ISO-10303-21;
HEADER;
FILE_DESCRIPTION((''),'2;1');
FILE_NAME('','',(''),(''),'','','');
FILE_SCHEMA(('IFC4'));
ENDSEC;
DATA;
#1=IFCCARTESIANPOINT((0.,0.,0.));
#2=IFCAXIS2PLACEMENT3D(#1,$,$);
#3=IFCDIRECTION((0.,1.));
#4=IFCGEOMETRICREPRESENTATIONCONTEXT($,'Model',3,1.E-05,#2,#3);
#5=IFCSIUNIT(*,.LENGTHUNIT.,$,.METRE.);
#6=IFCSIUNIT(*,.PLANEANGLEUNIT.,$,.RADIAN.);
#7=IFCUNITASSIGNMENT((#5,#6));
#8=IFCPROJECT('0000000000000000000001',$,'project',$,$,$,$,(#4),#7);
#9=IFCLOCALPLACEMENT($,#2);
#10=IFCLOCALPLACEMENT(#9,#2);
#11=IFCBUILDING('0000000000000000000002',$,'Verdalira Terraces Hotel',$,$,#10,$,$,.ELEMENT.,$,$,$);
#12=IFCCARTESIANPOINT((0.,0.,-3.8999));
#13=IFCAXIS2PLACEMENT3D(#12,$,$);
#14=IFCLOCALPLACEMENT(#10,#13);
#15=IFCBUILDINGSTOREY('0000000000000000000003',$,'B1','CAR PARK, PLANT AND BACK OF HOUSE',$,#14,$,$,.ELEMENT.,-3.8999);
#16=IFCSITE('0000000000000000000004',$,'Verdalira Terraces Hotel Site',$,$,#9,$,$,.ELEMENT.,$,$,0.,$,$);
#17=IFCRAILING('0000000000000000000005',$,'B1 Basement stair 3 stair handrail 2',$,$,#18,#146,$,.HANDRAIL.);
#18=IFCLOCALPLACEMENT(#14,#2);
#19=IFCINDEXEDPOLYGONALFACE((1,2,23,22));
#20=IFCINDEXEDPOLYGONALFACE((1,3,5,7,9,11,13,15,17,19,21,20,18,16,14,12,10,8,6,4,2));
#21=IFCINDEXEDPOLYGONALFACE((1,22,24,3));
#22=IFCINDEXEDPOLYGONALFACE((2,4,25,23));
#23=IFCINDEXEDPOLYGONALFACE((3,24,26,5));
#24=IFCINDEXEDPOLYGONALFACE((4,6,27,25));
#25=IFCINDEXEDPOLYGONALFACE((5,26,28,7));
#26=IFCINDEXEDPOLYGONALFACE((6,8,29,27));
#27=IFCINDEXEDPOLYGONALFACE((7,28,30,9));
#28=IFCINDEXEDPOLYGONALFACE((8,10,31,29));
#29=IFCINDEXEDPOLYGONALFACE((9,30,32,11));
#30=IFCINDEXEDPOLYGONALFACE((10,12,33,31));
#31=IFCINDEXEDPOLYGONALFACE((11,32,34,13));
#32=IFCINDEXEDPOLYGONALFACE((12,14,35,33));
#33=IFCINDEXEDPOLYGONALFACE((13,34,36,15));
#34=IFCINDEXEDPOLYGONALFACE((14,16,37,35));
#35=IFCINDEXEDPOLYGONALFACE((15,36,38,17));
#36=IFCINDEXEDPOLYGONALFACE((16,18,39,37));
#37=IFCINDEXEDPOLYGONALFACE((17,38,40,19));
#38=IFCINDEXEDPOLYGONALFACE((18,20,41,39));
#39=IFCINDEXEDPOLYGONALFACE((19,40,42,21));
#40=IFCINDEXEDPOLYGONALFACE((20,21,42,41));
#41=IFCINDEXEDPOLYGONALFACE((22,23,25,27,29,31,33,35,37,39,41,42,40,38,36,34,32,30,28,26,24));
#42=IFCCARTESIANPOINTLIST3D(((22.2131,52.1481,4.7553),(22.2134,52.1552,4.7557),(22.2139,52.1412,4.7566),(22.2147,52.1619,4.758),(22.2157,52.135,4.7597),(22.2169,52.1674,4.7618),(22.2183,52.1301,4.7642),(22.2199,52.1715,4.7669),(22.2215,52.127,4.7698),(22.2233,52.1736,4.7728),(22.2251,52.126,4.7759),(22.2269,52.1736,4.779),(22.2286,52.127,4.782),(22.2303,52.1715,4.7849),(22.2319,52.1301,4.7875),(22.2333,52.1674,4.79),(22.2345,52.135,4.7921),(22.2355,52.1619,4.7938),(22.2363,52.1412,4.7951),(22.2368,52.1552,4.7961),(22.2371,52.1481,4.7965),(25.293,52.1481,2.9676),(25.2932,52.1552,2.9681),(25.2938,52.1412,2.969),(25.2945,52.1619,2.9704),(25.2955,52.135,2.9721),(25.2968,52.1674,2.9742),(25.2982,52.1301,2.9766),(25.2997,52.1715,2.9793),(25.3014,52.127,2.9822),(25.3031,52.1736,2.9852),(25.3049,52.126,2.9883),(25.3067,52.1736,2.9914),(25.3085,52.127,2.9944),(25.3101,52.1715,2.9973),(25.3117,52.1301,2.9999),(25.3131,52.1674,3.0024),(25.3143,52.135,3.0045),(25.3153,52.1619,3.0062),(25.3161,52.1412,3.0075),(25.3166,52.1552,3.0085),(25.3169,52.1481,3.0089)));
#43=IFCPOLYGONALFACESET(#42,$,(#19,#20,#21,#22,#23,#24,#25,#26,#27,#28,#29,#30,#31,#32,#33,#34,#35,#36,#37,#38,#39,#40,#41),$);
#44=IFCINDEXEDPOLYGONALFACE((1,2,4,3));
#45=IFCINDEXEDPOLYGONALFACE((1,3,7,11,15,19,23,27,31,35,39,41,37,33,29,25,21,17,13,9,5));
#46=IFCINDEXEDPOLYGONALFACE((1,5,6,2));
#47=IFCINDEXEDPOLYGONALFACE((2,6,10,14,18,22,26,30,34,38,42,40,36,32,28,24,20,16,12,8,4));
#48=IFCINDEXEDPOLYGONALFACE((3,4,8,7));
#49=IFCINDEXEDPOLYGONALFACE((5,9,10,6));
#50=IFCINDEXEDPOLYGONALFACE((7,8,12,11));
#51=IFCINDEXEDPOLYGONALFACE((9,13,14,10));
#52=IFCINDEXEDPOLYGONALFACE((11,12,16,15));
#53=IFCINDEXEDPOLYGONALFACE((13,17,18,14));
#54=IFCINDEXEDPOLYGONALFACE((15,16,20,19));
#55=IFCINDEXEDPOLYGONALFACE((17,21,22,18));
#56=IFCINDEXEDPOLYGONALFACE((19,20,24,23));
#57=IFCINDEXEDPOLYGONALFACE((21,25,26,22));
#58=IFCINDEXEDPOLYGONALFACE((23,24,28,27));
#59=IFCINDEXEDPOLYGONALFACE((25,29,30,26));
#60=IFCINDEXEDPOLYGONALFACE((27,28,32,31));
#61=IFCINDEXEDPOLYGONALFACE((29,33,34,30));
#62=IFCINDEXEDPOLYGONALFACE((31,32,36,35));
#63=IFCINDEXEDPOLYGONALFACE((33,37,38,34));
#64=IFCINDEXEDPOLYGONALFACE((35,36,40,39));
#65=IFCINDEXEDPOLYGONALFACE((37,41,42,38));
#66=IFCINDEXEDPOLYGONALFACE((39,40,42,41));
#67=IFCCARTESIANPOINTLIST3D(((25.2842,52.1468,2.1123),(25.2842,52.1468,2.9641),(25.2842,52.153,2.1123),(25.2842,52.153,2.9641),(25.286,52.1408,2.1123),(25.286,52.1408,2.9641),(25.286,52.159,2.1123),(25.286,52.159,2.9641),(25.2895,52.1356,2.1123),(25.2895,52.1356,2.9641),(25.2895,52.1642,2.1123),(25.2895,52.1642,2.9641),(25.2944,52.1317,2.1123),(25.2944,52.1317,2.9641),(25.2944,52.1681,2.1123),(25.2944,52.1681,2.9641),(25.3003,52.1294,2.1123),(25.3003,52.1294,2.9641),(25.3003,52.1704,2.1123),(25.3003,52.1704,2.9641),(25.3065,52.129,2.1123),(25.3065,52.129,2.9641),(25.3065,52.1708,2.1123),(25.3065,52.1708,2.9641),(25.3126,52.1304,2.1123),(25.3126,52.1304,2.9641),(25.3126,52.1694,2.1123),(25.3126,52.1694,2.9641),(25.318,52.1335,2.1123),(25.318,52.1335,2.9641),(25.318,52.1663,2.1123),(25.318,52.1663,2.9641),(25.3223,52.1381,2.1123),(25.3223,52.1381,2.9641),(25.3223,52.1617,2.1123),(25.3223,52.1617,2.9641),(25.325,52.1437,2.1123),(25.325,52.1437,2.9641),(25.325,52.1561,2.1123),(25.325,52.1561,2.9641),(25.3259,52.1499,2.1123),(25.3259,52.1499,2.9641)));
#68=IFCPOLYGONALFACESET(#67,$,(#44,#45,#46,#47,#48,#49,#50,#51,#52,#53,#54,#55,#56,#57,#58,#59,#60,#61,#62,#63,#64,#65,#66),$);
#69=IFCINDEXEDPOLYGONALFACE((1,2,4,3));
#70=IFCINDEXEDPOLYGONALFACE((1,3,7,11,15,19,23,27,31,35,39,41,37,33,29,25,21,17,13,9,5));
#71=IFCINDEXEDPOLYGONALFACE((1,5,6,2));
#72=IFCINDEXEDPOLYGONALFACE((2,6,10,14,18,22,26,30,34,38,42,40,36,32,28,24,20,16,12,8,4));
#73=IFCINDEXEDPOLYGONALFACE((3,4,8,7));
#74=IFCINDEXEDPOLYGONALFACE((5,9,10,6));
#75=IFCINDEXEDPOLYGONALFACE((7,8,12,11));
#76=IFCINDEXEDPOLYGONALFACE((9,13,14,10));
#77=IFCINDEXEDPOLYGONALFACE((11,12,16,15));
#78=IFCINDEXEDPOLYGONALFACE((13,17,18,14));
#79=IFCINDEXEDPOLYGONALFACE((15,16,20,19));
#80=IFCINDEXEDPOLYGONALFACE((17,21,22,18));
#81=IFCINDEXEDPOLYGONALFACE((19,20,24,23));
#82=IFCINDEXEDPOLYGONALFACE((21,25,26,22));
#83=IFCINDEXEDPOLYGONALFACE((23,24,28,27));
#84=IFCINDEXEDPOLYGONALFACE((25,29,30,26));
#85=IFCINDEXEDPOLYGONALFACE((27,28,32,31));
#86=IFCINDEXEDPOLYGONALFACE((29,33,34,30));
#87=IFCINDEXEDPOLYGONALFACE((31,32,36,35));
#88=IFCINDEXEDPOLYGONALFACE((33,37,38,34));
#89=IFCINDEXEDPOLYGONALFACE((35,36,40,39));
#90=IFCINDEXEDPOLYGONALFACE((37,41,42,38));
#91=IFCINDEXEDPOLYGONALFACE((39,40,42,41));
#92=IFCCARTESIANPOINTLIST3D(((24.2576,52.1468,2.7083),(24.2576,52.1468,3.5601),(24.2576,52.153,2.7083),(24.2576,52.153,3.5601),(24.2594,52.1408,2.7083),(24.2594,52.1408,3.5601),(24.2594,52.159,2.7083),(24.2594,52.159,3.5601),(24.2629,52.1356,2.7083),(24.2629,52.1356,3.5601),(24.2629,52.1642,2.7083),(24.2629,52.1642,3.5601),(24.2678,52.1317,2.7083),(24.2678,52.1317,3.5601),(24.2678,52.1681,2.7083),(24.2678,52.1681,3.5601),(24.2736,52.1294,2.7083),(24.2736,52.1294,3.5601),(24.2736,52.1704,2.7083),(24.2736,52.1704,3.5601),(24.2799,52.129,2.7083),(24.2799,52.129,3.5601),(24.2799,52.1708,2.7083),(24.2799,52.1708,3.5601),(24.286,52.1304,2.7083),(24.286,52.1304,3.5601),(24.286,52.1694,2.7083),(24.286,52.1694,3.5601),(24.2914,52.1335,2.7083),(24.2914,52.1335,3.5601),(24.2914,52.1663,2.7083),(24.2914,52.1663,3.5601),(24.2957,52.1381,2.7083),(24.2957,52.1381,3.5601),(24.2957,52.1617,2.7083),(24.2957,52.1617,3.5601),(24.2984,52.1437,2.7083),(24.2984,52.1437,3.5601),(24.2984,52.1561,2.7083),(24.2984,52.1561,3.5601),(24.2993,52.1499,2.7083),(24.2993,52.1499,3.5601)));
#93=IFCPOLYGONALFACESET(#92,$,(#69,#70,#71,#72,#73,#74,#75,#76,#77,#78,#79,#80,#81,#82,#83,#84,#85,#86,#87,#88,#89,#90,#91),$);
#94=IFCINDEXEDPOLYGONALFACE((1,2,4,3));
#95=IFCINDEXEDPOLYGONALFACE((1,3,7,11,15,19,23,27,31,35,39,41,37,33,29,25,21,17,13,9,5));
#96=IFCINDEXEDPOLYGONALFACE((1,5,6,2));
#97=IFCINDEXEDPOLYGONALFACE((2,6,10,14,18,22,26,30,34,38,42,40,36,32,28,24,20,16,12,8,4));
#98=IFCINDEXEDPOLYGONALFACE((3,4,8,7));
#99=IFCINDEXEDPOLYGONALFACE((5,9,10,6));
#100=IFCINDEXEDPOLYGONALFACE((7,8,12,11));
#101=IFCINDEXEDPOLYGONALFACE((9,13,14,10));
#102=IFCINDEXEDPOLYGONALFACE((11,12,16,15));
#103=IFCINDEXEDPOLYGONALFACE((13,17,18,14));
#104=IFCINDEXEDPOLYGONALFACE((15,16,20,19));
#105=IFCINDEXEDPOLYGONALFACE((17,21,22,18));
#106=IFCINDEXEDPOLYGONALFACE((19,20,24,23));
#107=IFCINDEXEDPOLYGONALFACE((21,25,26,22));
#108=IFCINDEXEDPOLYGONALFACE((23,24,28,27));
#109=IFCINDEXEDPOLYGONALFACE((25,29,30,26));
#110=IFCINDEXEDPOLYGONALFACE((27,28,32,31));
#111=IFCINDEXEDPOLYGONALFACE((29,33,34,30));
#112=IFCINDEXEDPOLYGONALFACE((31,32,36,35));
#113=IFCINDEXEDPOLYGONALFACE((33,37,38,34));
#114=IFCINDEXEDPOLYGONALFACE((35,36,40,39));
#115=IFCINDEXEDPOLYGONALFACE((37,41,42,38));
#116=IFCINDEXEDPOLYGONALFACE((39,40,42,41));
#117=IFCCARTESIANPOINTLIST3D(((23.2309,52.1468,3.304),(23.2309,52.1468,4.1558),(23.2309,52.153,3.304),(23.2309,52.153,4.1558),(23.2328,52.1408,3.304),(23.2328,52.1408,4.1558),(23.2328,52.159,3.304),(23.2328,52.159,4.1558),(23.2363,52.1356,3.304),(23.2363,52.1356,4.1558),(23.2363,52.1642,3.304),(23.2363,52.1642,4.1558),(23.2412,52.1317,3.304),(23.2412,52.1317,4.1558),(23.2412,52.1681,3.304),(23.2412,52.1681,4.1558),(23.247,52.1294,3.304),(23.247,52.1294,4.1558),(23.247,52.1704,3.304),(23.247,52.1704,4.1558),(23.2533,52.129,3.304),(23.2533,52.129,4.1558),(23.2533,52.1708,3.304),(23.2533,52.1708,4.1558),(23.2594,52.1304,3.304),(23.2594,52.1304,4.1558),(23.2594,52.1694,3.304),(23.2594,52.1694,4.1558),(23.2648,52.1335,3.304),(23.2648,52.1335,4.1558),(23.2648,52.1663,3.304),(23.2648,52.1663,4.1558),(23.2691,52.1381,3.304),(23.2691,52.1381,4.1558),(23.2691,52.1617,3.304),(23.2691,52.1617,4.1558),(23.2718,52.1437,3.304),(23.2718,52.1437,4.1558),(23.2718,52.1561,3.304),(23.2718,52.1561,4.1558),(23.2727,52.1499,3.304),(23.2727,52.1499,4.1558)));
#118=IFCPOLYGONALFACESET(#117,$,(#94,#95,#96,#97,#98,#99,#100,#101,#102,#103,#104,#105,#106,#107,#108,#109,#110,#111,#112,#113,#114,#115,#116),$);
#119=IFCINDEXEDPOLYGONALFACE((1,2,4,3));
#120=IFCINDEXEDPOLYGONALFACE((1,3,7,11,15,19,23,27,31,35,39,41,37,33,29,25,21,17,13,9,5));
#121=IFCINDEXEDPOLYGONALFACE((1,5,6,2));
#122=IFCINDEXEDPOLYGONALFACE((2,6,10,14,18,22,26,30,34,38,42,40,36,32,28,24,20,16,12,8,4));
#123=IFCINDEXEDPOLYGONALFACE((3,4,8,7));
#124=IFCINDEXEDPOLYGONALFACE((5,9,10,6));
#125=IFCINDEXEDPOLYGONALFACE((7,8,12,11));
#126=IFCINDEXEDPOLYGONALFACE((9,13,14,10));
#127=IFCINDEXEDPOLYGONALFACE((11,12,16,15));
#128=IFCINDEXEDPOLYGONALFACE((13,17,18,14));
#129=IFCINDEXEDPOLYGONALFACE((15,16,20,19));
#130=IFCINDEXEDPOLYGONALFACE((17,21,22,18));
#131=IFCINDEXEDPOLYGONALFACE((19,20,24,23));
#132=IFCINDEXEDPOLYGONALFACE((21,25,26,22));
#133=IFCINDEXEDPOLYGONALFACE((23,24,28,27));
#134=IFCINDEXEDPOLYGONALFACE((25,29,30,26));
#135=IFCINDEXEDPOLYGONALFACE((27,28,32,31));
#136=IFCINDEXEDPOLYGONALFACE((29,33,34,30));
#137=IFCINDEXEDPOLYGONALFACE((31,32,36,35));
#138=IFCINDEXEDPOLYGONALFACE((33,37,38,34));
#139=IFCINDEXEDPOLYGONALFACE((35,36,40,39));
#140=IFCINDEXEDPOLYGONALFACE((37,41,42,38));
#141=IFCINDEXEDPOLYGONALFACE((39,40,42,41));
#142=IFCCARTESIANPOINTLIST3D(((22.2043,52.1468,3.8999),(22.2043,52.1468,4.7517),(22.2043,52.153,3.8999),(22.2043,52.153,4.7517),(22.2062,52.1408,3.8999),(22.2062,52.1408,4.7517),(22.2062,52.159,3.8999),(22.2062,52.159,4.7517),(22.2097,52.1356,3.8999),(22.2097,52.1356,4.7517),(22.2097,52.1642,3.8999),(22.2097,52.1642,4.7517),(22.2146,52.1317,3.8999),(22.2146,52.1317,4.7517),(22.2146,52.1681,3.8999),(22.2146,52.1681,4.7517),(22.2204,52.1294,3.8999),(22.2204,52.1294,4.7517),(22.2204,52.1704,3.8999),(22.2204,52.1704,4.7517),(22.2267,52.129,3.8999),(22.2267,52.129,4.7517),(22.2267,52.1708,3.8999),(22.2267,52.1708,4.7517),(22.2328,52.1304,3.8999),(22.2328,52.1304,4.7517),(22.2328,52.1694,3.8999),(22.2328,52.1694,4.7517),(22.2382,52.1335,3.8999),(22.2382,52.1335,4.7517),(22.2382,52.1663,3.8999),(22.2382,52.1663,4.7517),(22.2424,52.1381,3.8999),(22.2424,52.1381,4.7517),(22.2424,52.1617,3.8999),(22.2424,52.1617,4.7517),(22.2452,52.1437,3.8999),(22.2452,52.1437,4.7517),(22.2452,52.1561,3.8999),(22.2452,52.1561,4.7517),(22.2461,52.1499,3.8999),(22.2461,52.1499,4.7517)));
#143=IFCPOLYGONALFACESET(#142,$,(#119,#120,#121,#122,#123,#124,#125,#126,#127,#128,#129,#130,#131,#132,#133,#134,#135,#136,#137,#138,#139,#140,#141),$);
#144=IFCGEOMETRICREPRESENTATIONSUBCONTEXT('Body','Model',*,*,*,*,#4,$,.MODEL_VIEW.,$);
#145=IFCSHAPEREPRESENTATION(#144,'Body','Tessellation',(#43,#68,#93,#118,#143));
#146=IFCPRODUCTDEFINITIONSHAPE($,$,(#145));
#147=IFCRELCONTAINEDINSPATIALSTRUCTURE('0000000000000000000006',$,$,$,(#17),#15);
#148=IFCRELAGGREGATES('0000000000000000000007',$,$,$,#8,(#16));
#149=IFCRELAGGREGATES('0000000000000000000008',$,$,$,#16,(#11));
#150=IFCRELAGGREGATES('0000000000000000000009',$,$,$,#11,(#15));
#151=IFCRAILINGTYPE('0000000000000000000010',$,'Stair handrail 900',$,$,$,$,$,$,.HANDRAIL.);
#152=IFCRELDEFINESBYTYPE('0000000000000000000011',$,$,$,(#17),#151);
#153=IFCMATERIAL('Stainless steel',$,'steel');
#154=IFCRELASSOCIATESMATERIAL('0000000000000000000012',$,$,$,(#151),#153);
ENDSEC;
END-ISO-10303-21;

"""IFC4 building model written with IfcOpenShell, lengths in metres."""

from ifc_helpers import new_model, si_unit, direction, frame, origin, origin_2d, place, context, subcontext, project, spatial, circle, extrude, material, type_object, element, save


model = new_model("IFC4")

# Units and contexts
model_context = context("Model", 3, precision=1e-05, world=origin(), true_north=direction((0.0, 1.0)))
body_context = subcontext(model_context, "Body", "Model", "MODEL_VIEW")
ifc_project = project(units=[si_unit("LENGTHUNIT", "METRE"), si_unit("PLANEANGLEUNIT", "RADIAN")], contexts=[model_context])

# Site, building, storey
site_placement = place(None, origin())
site = spatial("IfcSite", under=ifc_project, at=site_placement, Name="Verdalira Terraces Hotel Site", CompositionType="ELEMENT", RefElevation=0.0)
building_placement = place(site_placement, origin())
building = spatial("IfcBuilding", under=site, at=building_placement, Name="Verdalira Terraces Hotel", CompositionType="ELEMENT")
storey_placement = place(building_placement, frame((0.0, 0.0, -3.8999)))
storey = spatial("IfcBuildingStorey", under=building, at=storey_placement, Name="B1", Description="CAR PARK, PLANT AND BACK OF HOUSE", CompositionType="ELEMENT", Elevation=-3.8999)

# Railing
ifc_material_1 = material(Name="Stainless steel", Category="steel")
railing_type_1 = type_object("IfcRailingType", Name="Stair handrail 900", PredefinedType="HANDRAIL", material=ifc_material_1)
railing_1_placement = place(storey_placement, frame((25.3049, 52.1499, 2.1123)))
element("IfcRailing", 1, at=railing_1_placement, inside=storey, type_object=railing_type_1, Name="B1 Basement stair 3 stair handrail 2", PredefinedType="HANDRAIL", context=body_context, shape_type="SweptSolid", body=[
    extrude(circle(Radius=0.0239, at=origin_2d()), frame((0.0, 0.0, 0.876), z_axis=(-0.864873, 0.0, 0.50199), x_axis=(0.0, -1.0, 0.0)), (0.0, 0.0, 1.0), 3.561),
    extrude(circle(Radius=0.021, at=origin_2d()), origin(), (0.0, 0.0, 1.0), 0.8518),
    extrude(circle(Radius=0.021, at=origin_2d()), frame((-1.0266, 0.0, 0.5959)), (0.0, 0.0, 1.0), 0.8518),
    extrude(circle(Radius=0.021, at=origin_2d()), frame((-2.0532, 0.0, 1.1917)), (0.0, 0.0, 1.0), 0.8518),
    extrude(circle(Radius=0.021, at=origin_2d()), frame((-3.0798, 0.0, 1.7876)), (0.0, 0.0, 1.0), 0.8518),
])

save(model, "model.ifc")
